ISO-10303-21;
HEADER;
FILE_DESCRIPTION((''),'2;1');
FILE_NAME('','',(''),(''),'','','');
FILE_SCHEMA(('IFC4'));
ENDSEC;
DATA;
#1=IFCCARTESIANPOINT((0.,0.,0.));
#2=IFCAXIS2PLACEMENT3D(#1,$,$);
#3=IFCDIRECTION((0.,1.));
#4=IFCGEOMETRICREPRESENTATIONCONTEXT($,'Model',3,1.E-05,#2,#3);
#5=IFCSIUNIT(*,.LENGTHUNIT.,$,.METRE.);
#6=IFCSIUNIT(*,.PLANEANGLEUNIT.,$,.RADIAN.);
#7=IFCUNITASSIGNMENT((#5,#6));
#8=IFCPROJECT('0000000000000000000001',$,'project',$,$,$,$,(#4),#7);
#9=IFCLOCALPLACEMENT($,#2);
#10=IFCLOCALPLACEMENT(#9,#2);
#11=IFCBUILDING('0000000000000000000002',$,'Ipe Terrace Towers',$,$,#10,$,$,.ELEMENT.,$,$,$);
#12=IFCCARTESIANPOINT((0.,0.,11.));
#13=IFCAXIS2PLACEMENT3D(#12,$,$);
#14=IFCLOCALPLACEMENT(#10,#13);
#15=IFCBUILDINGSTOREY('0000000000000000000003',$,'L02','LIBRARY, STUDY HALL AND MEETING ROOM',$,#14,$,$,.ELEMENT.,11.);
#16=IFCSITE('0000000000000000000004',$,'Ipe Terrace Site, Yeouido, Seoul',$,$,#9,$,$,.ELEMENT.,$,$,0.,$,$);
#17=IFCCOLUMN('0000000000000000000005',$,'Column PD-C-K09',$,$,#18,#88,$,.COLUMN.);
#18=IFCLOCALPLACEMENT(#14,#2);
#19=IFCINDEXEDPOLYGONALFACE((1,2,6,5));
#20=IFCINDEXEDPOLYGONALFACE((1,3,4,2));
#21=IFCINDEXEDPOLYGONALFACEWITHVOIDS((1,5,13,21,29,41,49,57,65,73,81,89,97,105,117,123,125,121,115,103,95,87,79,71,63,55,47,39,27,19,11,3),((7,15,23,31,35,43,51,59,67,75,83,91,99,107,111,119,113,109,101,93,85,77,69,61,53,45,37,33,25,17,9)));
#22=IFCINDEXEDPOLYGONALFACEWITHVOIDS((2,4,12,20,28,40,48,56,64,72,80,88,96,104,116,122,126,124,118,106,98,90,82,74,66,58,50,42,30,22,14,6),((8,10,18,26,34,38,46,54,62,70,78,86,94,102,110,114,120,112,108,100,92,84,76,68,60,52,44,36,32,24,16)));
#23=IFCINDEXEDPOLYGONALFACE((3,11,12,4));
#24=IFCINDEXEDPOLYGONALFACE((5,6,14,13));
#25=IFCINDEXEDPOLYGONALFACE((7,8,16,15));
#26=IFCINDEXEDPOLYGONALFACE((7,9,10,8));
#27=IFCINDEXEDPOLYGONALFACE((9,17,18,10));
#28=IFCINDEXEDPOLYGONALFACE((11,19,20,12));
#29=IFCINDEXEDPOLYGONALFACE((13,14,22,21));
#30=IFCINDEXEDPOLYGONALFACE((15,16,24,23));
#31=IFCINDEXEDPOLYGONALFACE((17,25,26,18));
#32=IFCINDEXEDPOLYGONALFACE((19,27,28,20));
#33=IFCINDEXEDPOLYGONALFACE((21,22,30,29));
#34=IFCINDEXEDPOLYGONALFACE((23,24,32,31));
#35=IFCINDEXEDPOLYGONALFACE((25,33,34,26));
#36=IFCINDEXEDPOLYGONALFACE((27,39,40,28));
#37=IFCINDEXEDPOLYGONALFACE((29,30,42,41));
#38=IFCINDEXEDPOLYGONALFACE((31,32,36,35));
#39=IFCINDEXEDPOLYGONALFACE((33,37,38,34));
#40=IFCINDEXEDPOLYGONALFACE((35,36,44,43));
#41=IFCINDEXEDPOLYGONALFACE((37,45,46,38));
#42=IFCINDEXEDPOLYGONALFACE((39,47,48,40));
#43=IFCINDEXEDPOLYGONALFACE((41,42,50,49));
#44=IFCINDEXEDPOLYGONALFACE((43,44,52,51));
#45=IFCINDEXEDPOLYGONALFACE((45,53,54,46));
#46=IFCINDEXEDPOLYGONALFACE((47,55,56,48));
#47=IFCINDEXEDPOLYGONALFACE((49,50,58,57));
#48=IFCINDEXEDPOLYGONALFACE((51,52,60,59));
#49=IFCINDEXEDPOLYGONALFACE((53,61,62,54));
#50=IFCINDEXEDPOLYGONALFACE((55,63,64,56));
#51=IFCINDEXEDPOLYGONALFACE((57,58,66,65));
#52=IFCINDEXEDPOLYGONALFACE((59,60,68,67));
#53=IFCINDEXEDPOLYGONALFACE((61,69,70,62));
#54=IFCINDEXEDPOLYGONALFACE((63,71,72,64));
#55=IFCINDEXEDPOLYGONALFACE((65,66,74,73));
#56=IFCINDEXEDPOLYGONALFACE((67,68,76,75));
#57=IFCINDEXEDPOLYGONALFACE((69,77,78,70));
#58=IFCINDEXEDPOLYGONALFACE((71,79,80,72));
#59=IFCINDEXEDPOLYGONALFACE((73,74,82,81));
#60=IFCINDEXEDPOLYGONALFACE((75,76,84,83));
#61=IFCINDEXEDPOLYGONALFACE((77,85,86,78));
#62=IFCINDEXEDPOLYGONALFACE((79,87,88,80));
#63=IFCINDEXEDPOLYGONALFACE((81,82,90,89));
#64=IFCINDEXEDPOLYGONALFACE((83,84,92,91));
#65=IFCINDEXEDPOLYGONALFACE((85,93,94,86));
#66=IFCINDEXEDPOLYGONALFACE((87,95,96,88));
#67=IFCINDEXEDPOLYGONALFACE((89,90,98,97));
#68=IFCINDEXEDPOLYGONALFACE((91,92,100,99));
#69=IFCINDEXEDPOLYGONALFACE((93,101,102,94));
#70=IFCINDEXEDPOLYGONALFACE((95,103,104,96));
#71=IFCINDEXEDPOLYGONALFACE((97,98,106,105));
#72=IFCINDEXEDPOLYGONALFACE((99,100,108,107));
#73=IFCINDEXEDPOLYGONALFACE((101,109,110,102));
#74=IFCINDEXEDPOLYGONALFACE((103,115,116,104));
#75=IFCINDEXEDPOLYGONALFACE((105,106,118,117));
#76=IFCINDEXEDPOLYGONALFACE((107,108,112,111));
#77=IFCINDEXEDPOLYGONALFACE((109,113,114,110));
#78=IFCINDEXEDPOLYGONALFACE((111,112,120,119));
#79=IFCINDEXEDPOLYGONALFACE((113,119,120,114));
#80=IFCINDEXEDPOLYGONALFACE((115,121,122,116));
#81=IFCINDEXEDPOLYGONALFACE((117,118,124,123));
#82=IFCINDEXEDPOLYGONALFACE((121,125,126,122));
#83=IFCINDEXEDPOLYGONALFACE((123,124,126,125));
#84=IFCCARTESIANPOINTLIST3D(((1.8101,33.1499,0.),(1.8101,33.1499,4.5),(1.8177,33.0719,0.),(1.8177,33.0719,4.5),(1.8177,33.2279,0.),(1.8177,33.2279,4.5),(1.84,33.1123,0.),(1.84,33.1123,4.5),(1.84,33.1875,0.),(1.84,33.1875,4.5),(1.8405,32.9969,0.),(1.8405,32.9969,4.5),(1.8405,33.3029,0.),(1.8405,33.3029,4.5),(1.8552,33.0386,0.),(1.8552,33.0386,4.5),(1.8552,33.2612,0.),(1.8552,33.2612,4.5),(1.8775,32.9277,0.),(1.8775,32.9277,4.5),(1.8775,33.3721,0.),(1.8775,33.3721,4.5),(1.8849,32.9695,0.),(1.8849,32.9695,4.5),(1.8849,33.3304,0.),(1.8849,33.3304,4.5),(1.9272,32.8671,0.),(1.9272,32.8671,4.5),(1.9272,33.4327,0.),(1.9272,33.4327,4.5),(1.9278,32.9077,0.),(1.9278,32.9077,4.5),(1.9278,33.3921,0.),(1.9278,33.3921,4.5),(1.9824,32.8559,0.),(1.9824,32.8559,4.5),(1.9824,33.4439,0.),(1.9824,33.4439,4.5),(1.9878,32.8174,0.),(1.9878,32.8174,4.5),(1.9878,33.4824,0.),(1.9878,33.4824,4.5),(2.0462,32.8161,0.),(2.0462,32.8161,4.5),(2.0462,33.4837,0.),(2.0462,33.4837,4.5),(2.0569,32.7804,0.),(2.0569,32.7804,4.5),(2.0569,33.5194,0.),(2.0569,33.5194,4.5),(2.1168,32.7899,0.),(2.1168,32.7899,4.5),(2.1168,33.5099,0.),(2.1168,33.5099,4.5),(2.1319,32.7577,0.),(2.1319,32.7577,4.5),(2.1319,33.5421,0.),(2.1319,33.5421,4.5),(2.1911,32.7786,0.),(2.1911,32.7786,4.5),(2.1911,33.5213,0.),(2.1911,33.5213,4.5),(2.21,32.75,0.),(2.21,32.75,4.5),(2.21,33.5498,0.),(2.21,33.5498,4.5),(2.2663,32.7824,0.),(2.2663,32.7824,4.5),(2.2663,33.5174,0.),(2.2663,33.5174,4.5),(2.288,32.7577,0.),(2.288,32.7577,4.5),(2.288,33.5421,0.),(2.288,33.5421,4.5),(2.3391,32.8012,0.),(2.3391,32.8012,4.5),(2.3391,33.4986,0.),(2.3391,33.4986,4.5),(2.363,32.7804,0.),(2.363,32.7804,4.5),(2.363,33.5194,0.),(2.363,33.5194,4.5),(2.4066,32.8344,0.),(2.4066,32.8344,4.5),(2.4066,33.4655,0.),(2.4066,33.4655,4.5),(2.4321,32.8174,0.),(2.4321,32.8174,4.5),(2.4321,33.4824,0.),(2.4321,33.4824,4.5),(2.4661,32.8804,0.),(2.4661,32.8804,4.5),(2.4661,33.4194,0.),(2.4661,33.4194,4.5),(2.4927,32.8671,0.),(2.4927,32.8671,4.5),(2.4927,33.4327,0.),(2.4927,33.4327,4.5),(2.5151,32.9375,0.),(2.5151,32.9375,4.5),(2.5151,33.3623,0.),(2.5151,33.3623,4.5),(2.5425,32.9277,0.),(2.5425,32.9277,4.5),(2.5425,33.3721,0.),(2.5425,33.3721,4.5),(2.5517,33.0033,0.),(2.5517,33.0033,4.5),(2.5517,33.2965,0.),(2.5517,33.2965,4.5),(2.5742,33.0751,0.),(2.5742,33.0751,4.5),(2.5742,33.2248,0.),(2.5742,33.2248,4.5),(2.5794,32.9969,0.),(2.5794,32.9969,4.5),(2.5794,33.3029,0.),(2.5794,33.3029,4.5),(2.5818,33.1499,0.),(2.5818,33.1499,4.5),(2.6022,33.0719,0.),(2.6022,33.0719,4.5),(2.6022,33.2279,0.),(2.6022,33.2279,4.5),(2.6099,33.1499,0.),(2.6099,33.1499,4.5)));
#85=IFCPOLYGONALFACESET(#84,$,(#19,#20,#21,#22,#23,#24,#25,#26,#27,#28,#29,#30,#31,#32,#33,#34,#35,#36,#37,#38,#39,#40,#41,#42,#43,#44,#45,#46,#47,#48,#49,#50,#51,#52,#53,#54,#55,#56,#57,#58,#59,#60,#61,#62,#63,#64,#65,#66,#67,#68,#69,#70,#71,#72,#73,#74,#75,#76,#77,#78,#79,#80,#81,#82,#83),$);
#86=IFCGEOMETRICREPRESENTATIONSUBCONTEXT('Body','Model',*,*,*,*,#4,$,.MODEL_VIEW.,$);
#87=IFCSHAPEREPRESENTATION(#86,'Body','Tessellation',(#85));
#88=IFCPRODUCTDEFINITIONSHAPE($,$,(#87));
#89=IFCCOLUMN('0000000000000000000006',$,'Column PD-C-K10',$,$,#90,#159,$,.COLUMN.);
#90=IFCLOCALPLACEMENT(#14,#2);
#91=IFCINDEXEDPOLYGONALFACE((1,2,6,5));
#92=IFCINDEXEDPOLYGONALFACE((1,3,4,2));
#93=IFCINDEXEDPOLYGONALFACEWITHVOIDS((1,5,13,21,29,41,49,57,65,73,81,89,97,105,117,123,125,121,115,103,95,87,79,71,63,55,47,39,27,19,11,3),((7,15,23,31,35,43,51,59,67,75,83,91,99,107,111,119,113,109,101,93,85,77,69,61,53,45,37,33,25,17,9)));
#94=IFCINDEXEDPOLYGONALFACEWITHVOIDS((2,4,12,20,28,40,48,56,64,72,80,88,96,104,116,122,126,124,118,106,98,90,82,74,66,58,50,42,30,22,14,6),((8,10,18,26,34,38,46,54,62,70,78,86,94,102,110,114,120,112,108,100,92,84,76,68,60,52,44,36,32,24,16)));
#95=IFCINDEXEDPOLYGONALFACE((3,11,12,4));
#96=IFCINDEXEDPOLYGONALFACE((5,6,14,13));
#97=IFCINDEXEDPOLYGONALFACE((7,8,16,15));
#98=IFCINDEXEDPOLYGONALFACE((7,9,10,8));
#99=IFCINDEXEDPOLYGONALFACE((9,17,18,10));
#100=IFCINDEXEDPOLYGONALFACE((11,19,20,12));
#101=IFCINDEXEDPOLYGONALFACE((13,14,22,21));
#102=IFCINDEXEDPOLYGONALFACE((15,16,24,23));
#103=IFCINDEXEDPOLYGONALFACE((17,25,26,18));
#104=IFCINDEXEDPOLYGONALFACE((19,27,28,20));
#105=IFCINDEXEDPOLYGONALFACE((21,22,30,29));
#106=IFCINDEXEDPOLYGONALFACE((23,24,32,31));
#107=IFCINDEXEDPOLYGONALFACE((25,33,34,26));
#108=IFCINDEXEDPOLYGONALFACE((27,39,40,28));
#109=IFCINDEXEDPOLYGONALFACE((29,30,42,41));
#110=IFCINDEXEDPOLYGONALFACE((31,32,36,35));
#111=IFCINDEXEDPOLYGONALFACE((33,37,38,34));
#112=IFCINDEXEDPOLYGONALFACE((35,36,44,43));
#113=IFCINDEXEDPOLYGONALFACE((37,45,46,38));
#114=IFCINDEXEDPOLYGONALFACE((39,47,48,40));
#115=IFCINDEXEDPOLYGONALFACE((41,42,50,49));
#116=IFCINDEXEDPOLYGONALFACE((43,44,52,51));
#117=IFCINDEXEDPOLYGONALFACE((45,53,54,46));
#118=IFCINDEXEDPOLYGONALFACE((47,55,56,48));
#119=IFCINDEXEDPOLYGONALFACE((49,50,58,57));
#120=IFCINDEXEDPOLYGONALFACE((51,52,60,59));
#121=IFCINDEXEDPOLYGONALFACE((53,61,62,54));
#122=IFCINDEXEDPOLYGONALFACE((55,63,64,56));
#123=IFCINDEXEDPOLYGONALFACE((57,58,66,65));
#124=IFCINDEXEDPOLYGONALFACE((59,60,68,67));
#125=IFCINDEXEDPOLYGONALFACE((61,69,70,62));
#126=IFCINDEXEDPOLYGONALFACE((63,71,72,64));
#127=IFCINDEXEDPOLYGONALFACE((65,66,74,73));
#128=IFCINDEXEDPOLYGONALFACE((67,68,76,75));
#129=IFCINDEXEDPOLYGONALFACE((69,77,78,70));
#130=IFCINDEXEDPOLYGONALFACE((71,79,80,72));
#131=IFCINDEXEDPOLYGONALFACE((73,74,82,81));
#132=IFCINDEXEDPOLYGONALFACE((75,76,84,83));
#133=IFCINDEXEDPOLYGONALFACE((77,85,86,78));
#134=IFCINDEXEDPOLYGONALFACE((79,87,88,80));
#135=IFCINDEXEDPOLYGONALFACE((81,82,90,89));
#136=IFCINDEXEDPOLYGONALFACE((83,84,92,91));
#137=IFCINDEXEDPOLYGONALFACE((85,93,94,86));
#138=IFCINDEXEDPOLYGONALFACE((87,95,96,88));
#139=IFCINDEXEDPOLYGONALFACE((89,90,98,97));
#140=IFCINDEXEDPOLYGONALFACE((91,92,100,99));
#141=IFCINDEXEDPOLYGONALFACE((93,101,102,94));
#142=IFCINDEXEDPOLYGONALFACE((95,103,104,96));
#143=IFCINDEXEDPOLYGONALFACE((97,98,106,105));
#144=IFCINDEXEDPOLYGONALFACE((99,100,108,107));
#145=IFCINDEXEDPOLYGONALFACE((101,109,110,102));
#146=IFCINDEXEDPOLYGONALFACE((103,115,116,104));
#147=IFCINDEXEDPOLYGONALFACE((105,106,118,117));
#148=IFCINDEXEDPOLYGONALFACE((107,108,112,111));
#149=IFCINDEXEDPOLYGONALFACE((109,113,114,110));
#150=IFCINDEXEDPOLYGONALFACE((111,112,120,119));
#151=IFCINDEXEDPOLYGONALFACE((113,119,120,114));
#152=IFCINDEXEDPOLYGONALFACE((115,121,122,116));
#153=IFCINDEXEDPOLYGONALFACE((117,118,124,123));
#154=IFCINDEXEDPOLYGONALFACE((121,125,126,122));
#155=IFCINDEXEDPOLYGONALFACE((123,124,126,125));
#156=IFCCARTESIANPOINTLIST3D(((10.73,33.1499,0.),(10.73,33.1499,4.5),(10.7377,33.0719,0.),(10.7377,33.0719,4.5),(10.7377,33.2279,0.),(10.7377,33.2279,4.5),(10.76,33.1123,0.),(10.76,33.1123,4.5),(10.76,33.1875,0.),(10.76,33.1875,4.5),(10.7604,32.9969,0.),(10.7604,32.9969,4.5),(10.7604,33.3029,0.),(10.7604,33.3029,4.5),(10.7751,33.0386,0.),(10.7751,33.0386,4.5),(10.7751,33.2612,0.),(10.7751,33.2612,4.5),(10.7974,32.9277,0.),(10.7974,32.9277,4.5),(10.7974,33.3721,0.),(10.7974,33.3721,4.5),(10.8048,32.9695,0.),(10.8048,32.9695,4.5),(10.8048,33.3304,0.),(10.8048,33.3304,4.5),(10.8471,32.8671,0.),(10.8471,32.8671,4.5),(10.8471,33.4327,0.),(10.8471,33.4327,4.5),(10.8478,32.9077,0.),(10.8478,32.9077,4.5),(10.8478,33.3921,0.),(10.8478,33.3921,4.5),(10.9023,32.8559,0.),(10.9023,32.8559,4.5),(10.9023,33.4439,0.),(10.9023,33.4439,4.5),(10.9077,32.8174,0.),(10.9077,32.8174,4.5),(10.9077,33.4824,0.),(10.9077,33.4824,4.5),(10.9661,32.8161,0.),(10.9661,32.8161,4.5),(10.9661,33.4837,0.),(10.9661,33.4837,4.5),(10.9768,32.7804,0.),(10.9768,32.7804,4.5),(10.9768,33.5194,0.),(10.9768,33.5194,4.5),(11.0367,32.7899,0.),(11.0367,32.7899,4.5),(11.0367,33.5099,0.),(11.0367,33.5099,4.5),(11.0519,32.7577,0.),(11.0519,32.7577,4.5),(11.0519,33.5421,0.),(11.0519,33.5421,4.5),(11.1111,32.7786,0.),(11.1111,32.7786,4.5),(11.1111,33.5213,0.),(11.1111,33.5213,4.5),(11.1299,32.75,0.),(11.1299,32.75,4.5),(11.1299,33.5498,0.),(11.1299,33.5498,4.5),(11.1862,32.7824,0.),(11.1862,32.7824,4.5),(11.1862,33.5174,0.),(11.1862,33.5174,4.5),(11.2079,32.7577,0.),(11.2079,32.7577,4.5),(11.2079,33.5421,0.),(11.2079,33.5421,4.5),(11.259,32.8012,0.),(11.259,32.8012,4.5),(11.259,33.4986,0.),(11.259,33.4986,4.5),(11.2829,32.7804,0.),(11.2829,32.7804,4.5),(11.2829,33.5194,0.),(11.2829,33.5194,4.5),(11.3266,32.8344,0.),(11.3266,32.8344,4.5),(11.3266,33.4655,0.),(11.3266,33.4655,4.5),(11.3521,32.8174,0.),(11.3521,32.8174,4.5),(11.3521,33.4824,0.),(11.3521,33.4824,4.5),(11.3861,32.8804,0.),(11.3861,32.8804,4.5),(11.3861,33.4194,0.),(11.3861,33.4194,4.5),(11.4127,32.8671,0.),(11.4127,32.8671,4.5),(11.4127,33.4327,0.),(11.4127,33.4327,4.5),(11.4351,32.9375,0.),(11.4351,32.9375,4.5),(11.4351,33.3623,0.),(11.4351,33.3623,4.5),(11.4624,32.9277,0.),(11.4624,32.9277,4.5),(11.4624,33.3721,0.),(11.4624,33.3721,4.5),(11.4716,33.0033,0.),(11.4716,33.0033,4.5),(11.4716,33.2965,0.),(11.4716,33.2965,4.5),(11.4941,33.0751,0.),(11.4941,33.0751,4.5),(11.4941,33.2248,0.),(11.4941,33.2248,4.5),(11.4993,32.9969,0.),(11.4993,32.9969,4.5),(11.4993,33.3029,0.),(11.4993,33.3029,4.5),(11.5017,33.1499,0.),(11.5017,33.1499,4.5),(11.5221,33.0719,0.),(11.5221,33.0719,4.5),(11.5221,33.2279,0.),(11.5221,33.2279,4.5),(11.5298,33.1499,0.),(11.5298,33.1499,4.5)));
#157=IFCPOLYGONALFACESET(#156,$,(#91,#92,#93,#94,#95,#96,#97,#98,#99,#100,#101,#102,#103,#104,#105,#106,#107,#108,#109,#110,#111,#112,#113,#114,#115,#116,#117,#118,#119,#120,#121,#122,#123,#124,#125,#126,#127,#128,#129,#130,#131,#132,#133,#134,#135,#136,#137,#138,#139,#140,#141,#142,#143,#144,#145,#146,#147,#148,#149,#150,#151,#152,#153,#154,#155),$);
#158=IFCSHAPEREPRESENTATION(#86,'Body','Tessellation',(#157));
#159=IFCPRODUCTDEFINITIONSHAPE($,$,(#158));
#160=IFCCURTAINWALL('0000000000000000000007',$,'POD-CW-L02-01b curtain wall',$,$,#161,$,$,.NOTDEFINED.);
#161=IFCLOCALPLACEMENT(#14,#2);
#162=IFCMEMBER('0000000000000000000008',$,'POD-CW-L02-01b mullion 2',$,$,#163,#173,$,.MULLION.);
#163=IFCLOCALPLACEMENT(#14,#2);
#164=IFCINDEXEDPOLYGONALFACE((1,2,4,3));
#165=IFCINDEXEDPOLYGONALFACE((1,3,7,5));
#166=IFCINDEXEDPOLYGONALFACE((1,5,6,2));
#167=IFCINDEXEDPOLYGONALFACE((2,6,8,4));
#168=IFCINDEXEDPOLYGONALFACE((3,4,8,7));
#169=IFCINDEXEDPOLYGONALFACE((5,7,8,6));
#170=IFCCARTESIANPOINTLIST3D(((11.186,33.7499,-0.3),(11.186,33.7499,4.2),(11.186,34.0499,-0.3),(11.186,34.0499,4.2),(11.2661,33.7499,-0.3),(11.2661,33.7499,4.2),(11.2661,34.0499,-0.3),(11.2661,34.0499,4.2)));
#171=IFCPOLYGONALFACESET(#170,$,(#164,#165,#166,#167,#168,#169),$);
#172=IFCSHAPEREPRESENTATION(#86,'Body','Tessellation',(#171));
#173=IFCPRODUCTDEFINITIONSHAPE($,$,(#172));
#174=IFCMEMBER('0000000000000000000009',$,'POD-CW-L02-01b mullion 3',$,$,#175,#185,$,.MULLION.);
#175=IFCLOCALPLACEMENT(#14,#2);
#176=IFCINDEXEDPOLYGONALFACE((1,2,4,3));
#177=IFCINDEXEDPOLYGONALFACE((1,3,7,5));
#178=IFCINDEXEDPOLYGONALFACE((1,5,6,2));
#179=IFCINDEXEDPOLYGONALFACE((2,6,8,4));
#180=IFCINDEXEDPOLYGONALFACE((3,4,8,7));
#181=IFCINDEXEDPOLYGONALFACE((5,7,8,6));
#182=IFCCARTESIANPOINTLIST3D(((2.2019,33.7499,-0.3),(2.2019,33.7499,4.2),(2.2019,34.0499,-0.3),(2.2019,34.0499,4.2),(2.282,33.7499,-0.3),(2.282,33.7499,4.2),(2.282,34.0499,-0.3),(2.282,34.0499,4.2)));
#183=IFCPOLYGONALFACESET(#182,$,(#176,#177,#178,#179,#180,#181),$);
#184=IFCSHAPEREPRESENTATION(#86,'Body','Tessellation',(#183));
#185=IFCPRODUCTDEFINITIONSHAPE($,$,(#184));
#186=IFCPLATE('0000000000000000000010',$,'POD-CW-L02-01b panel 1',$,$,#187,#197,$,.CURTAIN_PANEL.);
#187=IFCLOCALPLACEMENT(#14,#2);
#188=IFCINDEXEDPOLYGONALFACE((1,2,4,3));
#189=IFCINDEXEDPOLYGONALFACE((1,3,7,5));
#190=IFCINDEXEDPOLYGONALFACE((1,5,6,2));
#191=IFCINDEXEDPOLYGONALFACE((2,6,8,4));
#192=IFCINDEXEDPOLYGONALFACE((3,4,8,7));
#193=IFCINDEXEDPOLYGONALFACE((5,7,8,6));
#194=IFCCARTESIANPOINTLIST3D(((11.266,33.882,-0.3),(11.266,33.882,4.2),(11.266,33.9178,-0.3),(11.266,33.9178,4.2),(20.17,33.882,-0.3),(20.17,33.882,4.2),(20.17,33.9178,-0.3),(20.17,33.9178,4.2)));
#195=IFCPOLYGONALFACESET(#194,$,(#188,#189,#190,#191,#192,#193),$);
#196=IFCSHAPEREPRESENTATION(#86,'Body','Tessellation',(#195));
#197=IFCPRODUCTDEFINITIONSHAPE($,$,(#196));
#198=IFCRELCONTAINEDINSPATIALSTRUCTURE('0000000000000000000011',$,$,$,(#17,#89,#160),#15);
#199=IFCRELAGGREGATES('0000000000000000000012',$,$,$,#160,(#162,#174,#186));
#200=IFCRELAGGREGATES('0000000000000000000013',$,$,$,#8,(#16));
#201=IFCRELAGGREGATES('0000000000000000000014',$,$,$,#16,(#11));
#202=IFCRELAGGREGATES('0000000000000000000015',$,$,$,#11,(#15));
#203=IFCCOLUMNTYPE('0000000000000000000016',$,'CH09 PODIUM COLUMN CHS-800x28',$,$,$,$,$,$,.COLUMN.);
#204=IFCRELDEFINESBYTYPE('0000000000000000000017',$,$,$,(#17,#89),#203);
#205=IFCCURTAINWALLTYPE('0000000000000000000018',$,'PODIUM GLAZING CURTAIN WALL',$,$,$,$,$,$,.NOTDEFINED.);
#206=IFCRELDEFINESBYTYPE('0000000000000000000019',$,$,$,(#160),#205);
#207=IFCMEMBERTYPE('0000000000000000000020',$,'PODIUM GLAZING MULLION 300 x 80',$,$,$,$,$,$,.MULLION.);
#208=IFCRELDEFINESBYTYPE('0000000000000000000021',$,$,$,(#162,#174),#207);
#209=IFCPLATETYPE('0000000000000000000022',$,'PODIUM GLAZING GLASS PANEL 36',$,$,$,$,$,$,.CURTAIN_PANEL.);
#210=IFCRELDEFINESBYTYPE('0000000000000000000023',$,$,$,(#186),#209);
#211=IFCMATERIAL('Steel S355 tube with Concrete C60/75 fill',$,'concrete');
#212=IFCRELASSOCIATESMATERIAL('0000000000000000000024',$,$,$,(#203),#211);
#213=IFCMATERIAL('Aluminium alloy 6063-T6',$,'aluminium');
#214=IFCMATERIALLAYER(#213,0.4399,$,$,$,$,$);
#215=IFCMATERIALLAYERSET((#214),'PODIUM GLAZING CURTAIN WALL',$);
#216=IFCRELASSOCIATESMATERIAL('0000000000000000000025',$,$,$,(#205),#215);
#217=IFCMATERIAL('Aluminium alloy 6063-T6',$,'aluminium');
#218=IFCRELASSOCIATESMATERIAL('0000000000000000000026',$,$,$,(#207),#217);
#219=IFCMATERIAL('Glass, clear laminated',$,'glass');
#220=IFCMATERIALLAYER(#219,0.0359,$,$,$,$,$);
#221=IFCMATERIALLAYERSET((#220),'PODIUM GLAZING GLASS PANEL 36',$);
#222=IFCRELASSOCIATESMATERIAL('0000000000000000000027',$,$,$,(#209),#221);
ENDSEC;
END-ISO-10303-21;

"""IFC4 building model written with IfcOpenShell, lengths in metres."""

from ifc_helpers import new_model, si_unit, direction, frame, origin, origin_2d, place, context, subcontext, project, spatial, rectangle, hollow_circle, extrude, material, layer, layer_set, material_profile, profile_set, type_object, element, aggregate, save


model = new_model("IFC4")

# Units and contexts
model_context = context("Model", 3, precision=1e-05, world=origin(), true_north=direction((0.0, 1.0)))
body_context = subcontext(model_context, "Body", "Model", "MODEL_VIEW")
ifc_project = project(units=[si_unit("LENGTHUNIT", "METRE"), si_unit("PLANEANGLEUNIT", "RADIAN")], contexts=[model_context])

# Site, building, storey
site_placement = place(None, origin())
site = spatial("IfcSite", under=ifc_project, at=site_placement, Name="Ipe Terrace Site, Yeouido, Seoul", CompositionType="ELEMENT", RefElevation=0.0)
building_placement = place(site_placement, origin())
building = spatial("IfcBuilding", under=site, at=building_placement, Name="Ipe Terrace Towers", CompositionType="ELEMENT")
storey_placement = place(building_placement, frame((0.0, 0.0, 11.0)))
storey = spatial("IfcBuildingStorey", under=building, at=storey_placement, Name="L02", Description="LIBRARY, STUDY HALL AND MEETING ROOM", CompositionType="ELEMENT", Elevation=11.0)

# Columns
ifc_material_1 = material(Name="Steel S355 tube with Concrete C60/75 fill", Category="concrete")
ifc_material_profile_1 = material_profile(ifc_material_1, hollow_circle(Radius=0.3999, WallThickness=0.0281, at=origin_2d()), Name="CHS-800x28")
ifc_profile_set_1 = profile_set([ifc_material_profile_1], Name="Steel S355 tube with Concrete C60/75 fill")
column_type = type_object("IfcColumnType", Name="CH09 PODIUM COLUMN CHS-800x28", PredefinedType="COLUMN", material=ifc_profile_set_1)
for number, where, z_axis, x_axis, name in (
    (1, (2.21, 33.1499, 0.0), (0.0, 0.0, 1.0), (1.0, 0.0, 0.0), "Column PD-C-K09"),
    (2, (11.1299, 33.1499, 0.0), (0.0, 0.0, 1.0), (1.0, 0.0, 0.0), "Column PD-C-K10"),
):
    element("IfcColumn", number, at=place(storey_placement, frame(where, z_axis=z_axis, x_axis=x_axis)), inside=storey, type_object=column_type, Name=name, PredefinedType="COLUMN", context=body_context, shape_type="SweptSolid", body=[
        extrude(hollow_circle(Radius=0.3999, WallThickness=0.0281, at=origin_2d()), origin(), (0.0, 0.0, 1.0), 4.5),
    ])

# Curtain wall, members, plate
ifc_material_2 = material(Name="Aluminium alloy 6063-T6", Category="aluminium")
ifc_layer_1 = layer(ifc_material_2, 0.4399)
ifc_layer_set_1 = layer_set([ifc_layer_1], Name="PODIUM GLAZING CURTAIN WALL")
curtain_wall_type = type_object("IfcCurtainWallType", Name="PODIUM GLAZING CURTAIN WALL", PredefinedType="NOTDEFINED", material=ifc_layer_set_1)
curtain_wall_placement = place(storey_placement, origin())
curtain_wall = element("IfcCurtainWall", 3, at=curtain_wall_placement, inside=storey, type_object=curtain_wall_type, Name="POD-CW-L02-01b curtain wall", PredefinedType="NOTDEFINED")
ifc_material_3 = material(Name="Aluminium alloy 6063-T6", Category="aluminium")
ifc_material_profile_2 = material_profile(ifc_material_3, rectangle(XDim=0.3, YDim=0.0801, at=origin_2d()), Name="PODIUM GLAZING MULLION 300 x 80")
ifc_profile_set_2 = profile_set([ifc_material_profile_2], Name="Aluminium alloy 6063-T6")
member_type = type_object("IfcMemberType", Name="PODIUM GLAZING MULLION 300 x 80", PredefinedType="MULLION", material=ifc_profile_set_2)
member_1_placement = place(storey_placement, frame((11.2261, 33.8999, -0.3), z_axis=(0.0, 0.0, 1.0), x_axis=(0.0, 1.0, 0.0)))
member_1 = element("IfcMember", 4, at=member_1_placement, type_object=member_type, Name="POD-CW-L02-01b mullion 2", PredefinedType="MULLION", context=body_context, shape_type="SweptSolid", body=[
    extrude(rectangle(XDim=0.3, YDim=0.0801, at=origin_2d()), origin(), (0.0, 0.0, 1.0), 4.5),
])
member_2_placement = place(storey_placement, frame((2.2419, 33.8999, -0.3), z_axis=(0.0, 0.0, 1.0), x_axis=(0.0, 1.0, 0.0)))
member_2 = element("IfcMember", 5, at=member_2_placement, type_object=member_type, Name="POD-CW-L02-01b mullion 3", PredefinedType="MULLION", context=body_context, shape_type="SweptSolid", body=[
    extrude(rectangle(XDim=0.3, YDim=0.0801, at=origin_2d()), origin(), (0.0, 0.0, 1.0), 4.5),
])
ifc_material_4 = material(Name="Glass, clear laminated", Category="glass")
ifc_layer_2 = layer(ifc_material_4, 0.0359)
ifc_layer_set_2 = layer_set([ifc_layer_2], Name="PODIUM GLAZING GLASS PANEL 36")
plate_type = type_object("IfcPlateType", Name="PODIUM GLAZING GLASS PANEL 36", PredefinedType="CURTAIN_PANEL", material=ifc_layer_set_2)
plate_1_placement = place(storey_placement, frame((15.718, 33.8999, -0.3), z_axis=(0.0, 0.0, 1.0), x_axis=(-1.0, 0.0, 0.0)))
plate_1 = element("IfcPlate", 6, at=plate_1_placement, type_object=plate_type, Name="POD-CW-L02-01b panel 1", PredefinedType="CURTAIN_PANEL", context=body_context, shape_type="SweptSolid", body=[
    extrude(rectangle(XDim=8.9041, YDim=0.0359, at=origin_2d()), origin(), (0.0, 0.0, 1.0), 4.5),
])
aggregate(curtain_wall, [member_1, member_2, plate_1])

save(model, "model.ifc")
